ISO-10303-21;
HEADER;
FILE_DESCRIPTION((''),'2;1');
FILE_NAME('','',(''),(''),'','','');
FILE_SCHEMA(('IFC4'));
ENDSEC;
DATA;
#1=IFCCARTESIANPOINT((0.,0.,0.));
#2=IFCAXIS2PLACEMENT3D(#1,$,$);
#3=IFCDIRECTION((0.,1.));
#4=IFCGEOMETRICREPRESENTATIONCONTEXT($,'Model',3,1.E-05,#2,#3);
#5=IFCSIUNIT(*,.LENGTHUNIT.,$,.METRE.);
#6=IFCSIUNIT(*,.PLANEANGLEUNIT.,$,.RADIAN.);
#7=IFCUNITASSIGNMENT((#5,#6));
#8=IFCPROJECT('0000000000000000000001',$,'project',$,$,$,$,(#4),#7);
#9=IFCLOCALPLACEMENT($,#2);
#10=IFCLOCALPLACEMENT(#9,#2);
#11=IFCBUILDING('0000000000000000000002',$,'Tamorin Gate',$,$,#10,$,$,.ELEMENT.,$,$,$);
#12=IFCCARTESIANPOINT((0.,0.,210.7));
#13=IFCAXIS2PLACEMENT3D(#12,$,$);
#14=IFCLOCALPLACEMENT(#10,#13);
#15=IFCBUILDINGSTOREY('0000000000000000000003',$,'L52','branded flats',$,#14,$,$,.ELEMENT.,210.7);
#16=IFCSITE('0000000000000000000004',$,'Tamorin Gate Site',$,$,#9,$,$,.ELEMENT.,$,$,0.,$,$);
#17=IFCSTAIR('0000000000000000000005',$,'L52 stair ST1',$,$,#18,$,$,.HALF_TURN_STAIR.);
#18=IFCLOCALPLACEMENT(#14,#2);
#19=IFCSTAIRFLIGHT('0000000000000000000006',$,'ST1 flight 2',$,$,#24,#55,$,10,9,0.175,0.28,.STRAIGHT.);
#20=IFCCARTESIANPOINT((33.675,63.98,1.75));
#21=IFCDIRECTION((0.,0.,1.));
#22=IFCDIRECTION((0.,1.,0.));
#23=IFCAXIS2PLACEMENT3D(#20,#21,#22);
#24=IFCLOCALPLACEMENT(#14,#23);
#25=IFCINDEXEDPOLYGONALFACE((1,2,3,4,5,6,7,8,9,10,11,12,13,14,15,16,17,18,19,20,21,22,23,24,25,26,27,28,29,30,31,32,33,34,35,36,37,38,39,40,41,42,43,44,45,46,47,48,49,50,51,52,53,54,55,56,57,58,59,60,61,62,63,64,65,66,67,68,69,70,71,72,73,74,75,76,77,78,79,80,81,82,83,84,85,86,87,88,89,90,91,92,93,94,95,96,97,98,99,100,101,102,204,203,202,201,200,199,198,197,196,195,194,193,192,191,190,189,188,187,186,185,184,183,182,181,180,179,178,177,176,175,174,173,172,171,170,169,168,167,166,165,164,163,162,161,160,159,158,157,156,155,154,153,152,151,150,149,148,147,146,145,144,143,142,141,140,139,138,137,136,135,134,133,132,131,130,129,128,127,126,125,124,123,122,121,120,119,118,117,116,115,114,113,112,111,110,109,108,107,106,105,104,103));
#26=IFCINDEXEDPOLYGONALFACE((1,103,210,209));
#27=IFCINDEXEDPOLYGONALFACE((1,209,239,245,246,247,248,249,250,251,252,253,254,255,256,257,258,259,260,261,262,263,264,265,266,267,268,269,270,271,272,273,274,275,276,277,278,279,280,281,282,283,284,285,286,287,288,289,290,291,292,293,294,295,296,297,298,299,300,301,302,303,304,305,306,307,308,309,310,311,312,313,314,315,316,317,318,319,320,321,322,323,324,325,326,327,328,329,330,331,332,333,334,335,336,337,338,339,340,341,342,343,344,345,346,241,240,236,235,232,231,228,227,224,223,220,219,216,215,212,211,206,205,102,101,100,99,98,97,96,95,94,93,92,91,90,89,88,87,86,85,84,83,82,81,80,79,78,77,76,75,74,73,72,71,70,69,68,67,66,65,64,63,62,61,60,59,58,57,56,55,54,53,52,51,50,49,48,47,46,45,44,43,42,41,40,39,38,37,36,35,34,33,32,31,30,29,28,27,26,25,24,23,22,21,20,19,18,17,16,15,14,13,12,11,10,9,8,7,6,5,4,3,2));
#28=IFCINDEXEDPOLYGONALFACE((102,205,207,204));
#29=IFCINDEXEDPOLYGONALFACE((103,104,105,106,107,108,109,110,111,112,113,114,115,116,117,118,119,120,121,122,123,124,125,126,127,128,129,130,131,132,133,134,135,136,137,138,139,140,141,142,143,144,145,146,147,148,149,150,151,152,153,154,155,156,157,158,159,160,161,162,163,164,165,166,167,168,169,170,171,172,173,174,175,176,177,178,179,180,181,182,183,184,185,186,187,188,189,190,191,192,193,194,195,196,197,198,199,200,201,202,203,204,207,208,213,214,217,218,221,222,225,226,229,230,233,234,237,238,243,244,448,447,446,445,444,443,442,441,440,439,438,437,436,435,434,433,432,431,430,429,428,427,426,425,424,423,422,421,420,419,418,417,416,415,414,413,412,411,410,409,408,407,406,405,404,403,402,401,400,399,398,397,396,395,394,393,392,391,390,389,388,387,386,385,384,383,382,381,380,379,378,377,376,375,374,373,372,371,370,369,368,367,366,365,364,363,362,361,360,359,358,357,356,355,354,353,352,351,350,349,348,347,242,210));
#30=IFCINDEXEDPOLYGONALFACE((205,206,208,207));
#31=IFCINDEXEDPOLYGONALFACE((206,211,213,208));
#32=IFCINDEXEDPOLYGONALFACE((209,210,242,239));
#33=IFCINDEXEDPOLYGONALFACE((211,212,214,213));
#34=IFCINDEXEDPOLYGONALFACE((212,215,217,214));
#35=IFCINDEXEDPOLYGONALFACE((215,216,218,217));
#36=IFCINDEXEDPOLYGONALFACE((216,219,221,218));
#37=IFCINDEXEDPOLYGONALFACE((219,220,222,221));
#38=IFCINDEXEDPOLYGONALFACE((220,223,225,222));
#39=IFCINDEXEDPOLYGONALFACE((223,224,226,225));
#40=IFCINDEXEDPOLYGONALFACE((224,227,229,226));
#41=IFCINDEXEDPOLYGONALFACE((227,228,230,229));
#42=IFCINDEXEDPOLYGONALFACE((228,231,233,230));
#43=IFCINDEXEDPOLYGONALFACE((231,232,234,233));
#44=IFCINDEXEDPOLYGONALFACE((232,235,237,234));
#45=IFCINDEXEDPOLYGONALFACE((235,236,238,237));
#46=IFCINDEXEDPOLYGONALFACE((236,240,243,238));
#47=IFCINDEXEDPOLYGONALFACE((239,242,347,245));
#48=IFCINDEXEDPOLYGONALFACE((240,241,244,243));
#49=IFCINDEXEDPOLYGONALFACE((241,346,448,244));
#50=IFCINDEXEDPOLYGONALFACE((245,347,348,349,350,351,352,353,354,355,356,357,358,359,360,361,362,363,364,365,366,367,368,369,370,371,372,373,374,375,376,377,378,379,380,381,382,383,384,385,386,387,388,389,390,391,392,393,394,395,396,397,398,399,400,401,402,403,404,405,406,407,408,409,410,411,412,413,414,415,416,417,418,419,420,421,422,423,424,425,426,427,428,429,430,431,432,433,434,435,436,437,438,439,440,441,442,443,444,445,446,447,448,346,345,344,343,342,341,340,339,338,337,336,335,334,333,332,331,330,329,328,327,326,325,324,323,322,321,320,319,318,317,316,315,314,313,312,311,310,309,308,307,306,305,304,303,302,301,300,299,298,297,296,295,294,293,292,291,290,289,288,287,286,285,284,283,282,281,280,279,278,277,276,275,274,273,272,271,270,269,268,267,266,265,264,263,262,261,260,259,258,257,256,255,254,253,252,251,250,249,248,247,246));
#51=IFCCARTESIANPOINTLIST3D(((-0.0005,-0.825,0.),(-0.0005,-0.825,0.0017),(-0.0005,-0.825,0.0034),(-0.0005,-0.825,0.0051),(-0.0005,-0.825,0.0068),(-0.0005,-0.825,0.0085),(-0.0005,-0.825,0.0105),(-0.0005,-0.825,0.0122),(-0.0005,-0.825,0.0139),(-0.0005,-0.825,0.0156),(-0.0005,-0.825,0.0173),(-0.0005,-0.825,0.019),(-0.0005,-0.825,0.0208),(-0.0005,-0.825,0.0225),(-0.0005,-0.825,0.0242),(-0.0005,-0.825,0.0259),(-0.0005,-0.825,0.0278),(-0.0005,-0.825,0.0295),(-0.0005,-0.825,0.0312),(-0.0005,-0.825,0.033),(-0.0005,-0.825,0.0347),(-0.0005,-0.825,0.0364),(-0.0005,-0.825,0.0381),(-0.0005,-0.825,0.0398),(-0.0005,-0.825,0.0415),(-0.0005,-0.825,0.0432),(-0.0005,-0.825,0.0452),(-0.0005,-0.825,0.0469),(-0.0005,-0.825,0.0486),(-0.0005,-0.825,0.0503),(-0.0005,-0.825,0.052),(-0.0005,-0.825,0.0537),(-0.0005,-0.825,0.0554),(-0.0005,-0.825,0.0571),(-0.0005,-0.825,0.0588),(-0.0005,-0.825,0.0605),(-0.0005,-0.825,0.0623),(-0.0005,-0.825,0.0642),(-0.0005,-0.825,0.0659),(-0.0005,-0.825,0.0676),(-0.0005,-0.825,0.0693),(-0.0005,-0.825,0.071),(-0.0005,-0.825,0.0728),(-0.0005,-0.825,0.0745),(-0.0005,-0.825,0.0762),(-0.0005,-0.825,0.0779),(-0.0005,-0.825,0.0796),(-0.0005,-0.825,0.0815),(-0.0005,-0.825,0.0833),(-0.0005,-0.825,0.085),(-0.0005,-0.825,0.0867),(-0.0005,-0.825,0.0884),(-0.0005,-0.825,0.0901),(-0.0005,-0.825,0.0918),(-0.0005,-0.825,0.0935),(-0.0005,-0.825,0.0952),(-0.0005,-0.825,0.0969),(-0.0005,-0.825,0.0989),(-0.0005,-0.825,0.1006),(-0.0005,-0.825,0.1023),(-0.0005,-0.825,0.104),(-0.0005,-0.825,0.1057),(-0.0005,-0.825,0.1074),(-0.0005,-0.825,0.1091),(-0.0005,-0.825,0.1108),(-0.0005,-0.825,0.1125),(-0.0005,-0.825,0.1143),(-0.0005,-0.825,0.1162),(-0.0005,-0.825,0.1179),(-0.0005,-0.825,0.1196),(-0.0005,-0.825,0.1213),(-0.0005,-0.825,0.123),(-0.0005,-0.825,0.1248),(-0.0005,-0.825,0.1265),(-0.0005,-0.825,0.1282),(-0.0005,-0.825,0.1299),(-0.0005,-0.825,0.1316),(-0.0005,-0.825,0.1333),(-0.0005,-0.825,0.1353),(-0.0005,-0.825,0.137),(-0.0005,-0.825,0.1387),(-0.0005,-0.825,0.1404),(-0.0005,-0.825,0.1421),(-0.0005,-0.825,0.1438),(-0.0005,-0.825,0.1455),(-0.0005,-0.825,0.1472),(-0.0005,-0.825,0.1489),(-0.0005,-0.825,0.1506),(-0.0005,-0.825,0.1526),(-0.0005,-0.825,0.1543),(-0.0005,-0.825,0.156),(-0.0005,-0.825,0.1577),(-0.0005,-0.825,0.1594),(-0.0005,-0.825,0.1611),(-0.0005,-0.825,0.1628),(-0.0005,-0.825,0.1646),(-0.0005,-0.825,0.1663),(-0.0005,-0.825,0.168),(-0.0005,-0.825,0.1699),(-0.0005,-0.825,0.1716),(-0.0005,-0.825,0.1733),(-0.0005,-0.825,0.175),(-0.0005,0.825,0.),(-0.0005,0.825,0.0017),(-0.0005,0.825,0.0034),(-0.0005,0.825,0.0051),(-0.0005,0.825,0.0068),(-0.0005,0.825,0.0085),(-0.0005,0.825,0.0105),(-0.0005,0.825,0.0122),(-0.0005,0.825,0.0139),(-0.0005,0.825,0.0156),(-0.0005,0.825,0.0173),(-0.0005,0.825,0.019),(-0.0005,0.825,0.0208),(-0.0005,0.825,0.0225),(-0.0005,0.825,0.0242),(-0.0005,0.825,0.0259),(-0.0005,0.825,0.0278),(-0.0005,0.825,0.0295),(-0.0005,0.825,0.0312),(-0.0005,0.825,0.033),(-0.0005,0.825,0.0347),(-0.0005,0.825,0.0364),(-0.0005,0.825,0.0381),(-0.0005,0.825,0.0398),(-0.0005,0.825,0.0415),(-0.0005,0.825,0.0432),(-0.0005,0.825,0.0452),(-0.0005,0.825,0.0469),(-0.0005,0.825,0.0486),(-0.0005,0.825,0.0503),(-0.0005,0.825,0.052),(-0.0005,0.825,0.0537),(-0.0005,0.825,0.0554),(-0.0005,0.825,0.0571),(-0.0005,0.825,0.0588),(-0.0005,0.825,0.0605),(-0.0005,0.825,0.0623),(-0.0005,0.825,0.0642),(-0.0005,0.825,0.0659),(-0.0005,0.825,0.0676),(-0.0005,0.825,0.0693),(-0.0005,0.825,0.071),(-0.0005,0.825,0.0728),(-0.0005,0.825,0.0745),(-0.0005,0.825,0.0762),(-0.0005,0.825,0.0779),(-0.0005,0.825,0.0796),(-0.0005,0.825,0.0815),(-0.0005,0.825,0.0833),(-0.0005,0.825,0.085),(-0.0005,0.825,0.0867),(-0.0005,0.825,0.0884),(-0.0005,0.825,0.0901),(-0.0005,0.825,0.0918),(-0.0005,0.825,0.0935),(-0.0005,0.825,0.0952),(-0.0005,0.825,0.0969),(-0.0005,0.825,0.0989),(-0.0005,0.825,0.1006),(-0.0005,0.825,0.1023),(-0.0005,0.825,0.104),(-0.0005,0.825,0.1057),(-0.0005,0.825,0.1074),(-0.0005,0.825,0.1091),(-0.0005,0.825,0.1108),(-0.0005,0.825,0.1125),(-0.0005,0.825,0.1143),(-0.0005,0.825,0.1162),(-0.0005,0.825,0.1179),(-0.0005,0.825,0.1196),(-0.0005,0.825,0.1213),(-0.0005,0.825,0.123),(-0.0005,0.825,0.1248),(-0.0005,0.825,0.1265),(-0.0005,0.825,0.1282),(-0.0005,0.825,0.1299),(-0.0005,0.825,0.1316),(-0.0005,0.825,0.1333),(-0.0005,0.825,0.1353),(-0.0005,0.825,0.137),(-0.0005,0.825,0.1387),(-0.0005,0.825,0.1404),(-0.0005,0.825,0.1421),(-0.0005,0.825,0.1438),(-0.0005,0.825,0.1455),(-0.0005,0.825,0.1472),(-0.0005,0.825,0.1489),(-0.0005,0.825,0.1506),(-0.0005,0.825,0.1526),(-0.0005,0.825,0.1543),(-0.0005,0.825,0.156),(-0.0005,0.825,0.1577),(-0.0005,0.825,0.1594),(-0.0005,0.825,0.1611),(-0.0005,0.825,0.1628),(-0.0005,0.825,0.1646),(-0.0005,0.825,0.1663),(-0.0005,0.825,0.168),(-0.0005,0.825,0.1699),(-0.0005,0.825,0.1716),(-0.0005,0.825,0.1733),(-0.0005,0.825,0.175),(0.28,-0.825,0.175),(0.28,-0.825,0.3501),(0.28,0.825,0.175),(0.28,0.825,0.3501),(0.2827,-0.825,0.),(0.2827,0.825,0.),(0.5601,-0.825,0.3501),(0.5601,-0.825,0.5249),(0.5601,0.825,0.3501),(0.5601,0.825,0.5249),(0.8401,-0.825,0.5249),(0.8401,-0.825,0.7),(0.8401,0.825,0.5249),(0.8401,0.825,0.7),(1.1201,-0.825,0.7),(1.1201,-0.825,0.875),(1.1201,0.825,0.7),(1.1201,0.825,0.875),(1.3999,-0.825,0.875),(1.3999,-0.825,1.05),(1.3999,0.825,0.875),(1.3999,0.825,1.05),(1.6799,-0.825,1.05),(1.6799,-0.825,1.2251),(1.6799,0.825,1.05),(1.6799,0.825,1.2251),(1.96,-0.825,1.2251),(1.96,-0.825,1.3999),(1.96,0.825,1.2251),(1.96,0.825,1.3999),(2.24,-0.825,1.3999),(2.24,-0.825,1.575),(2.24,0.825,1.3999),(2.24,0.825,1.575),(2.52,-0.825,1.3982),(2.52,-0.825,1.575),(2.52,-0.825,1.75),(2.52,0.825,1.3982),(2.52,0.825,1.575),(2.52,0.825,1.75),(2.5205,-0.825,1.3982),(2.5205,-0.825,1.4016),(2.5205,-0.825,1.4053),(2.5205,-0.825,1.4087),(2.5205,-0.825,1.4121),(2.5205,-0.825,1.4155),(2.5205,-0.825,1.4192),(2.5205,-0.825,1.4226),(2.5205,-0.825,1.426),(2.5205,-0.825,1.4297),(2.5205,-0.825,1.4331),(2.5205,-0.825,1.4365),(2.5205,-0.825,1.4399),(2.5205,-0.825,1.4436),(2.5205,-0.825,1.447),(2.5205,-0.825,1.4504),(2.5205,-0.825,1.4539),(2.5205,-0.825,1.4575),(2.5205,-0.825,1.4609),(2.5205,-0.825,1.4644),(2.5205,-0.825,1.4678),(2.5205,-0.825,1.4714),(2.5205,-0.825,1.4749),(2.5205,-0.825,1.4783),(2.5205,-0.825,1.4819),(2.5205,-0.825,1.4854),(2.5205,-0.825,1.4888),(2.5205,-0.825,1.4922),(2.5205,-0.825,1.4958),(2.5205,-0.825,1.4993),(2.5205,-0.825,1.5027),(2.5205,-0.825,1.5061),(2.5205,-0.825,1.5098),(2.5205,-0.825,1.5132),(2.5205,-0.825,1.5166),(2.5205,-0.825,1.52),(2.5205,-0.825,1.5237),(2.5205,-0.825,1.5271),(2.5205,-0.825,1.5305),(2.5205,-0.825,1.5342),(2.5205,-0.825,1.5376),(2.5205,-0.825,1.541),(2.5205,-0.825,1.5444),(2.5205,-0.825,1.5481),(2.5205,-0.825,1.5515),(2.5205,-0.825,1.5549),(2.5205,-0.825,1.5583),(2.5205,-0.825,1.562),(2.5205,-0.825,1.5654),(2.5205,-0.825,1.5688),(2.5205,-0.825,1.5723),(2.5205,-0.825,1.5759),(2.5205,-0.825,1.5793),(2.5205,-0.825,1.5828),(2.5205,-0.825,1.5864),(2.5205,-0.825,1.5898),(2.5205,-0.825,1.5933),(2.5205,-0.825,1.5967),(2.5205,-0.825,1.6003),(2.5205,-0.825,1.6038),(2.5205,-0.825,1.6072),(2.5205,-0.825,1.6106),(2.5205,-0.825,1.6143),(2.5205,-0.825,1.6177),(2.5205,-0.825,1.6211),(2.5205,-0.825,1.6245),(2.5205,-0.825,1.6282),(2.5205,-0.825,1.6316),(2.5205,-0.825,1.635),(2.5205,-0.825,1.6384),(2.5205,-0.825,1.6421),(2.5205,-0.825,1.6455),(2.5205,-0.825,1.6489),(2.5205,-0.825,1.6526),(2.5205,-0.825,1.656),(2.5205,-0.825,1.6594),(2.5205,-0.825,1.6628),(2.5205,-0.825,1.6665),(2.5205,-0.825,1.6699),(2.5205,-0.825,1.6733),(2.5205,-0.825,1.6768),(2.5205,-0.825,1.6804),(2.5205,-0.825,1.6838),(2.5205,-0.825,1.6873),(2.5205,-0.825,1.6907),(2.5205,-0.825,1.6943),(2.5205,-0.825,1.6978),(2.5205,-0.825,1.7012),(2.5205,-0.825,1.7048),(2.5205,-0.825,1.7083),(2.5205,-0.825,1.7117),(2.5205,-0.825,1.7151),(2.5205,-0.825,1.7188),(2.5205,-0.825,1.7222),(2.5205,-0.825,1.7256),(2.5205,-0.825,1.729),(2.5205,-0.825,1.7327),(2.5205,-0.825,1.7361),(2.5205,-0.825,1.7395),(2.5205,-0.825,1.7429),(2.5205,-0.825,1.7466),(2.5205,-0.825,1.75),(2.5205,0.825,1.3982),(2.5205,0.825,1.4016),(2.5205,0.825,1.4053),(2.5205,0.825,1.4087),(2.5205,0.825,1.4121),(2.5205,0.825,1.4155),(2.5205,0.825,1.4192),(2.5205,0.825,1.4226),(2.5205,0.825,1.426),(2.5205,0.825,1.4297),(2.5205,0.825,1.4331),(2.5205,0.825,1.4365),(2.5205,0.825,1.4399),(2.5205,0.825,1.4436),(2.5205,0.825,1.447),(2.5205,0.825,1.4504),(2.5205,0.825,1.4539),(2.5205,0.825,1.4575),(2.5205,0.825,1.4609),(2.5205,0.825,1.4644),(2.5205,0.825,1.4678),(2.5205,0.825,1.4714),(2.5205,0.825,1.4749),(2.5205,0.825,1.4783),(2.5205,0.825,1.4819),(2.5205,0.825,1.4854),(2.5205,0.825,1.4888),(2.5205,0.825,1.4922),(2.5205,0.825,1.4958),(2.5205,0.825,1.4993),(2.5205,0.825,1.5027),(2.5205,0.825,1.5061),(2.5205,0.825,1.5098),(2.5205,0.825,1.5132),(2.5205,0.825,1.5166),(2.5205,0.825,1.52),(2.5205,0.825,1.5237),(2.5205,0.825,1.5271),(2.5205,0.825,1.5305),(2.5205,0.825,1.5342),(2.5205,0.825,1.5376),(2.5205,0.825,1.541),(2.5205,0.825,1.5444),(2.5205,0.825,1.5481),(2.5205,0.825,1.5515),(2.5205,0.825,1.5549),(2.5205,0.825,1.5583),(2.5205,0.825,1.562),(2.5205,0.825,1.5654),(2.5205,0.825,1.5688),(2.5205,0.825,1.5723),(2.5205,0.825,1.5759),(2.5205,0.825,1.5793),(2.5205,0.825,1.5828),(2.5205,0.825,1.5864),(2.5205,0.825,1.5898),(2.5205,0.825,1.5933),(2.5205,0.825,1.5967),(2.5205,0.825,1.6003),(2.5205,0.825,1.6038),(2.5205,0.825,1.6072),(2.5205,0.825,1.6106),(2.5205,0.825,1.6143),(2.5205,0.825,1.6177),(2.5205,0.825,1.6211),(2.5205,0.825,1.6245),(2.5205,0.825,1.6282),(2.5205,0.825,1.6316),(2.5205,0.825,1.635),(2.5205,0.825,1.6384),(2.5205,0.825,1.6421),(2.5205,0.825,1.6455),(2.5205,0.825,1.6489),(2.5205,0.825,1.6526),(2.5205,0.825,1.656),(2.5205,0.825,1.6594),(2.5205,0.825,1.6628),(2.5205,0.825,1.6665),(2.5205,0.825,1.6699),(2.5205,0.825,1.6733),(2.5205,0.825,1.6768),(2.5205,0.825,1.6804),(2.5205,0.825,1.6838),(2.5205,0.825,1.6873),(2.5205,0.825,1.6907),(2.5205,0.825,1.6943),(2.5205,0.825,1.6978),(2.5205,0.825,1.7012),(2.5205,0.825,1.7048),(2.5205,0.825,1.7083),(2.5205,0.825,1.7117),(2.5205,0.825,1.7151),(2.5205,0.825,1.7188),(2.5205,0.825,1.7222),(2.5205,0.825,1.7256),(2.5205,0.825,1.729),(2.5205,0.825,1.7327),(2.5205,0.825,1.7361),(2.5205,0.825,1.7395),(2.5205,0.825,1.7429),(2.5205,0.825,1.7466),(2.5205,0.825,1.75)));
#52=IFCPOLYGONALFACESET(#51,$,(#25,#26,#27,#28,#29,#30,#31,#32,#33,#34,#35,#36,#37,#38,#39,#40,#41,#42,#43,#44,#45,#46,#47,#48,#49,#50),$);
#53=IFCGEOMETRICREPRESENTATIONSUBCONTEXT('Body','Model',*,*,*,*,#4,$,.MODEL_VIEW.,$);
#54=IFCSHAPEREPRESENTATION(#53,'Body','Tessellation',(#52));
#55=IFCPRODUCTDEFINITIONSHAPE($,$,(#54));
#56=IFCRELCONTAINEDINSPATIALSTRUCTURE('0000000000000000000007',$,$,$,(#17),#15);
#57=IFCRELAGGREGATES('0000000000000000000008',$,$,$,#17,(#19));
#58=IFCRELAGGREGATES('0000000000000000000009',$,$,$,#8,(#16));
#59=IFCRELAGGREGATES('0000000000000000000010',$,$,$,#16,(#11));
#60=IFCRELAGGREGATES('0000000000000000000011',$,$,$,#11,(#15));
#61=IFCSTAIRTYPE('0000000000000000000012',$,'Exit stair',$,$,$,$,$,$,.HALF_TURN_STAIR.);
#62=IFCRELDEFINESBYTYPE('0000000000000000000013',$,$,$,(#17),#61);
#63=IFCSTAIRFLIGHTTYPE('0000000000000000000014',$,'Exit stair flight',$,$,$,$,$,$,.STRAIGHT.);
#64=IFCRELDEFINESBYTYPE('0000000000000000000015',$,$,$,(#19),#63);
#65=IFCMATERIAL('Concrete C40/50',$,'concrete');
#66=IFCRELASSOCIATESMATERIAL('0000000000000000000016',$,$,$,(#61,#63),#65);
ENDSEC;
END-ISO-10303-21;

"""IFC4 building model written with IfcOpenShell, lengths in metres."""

from ifc_helpers import new_model, si_unit, direction, frame, origin, place, context, subcontext, project, spatial, polyline, outline, extrude, material, type_object, element, aggregate, save


model = new_model("IFC4")

# Units and contexts
model_context = context("Model", 3, precision=1e-05, world=origin(), true_north=direction((0.0, 1.0)))
body_context = subcontext(model_context, "Body", "Model", "MODEL_VIEW")
ifc_project = project(units=[si_unit("LENGTHUNIT", "METRE"), si_unit("PLANEANGLEUNIT", "RADIAN")], contexts=[model_context])

# Site, building, storey
site_placement = place(None, origin())
site = spatial("IfcSite", under=ifc_project, at=site_placement, Name="Tamorin Gate Site", CompositionType="ELEMENT", RefElevation=0.0)
building_placement = place(site_placement, origin())
building = spatial("IfcBuilding", under=site, at=building_placement, Name="Tamorin Gate", CompositionType="ELEMENT")
storey_placement = place(building_placement, frame((0.0, 0.0, 210.7)))
storey = spatial("IfcBuildingStorey", under=building, at=storey_placement, Name="L52", Description="branded flats", CompositionType="ELEMENT", Elevation=210.7)

# Shared definitions
ifc_material_1 = material(Name="Concrete C40/50", Category="concrete")

# Stair, stair flight
stair_type = type_object("IfcStairType", Name="Exit stair", PredefinedType="HALF_TURN_STAIR", material=ifc_material_1)
stair_1_placement = place(storey_placement, origin())
stair_1 = element("IfcStair", 1, at=stair_1_placement, inside=storey, type_object=stair_type, Name="L52 stair ST1", PredefinedType="HALF_TURN_STAIR")
stair_flight_type = type_object("IfcStairFlightType", Name="Exit stair flight", PredefinedType="STRAIGHT", material=ifc_material_1)
stair_flight_1_placement = place(storey_placement, frame((33.675, 63.98, 1.75), z_axis=(0.0, 0.0, 1.0), x_axis=(0.0, 1.0, 0.0)))
stair_flight_1 = element("IfcStairFlight", 2, at=stair_flight_1_placement, type_object=stair_flight_type, Name="ST1 flight 2", NumberOfRisers=10, NumberOfTreads=9, PredefinedType="STRAIGHT", RiserHeight=0.175, TreadLength=0.28, context=body_context, shape_type="SweptSolid", body=[
    extrude(outline(polyline([(-0.0005, 0.0), (-0.0005, 0.0017), (-0.0005, 0.0034), (-0.0005, 0.0051), (-0.0005, 0.0068), (-0.0005, 0.0085), (-0.0005, 0.0105), (-0.0005, 0.0122), (-0.0005, 0.0139), (-0.0005, 0.0156), (-0.0005, 0.0173), (-0.0005, 0.019), (-0.0005, 0.0208), (-0.0005, 0.0225), (-0.0005, 0.0242), (-0.0005, 0.0259), (-0.0005, 0.0278), (-0.0005, 0.0295), (-0.0005, 0.0312), (-0.0005, 0.033), (-0.0005, 0.0347), (-0.0005, 0.0364), (-0.0005, 0.0381), (-0.0005, 0.0398), (-0.0005, 0.0415), (-0.0005, 0.0432), (-0.0005, 0.0452), (-0.0005, 0.0469), (-0.0005, 0.0486), (-0.0005, 0.0503), (-0.0005, 0.052), (-0.0005, 0.0537), (-0.0005, 0.0554), (-0.0005, 0.0571), (-0.0005, 0.0588), (-0.0005, 0.0605), (-0.0005, 0.0623), (-0.0005, 0.0642), (-0.0005, 0.0659), (-0.0005, 0.0676), (-0.0005, 0.0693), (-0.0005, 0.071), (-0.0005, 0.0728), (-0.0005, 0.0745), (-0.0005, 0.0762), (-0.0005, 0.0779), (-0.0005, 0.0796), (-0.0005, 0.0815), (-0.0005, 0.0833), (-0.0005, 0.085), (-0.0005, 0.0867), (-0.0005, 0.0884), (-0.0005, 0.0901), (-0.0005, 0.0918), (-0.0005, 0.0935), (-0.0005, 0.0952), (-0.0005, 0.0969), (-0.0005, 0.0989), (-0.0005, 0.1006), (-0.0005, 0.1023), (-0.0005, 0.104), (-0.0005, 0.1057), (-0.0005, 0.1074), (-0.0005, 0.1091), (-0.0005, 0.1108), (-0.0005, 0.1125), (-0.0005, 0.1143), (-0.0005, 0.1162), (-0.0005, 0.1179), (-0.0005, 0.1196), (-0.0005, 0.1213), (-0.0005, 0.123), (-0.0005, 0.1248), (-0.0005, 0.1265), (-0.0005, 0.1282), (-0.0005, 0.1299), (-0.0005, 0.1316), (-0.0005, 0.1333), (-0.0005, 0.1353), (-0.0005, 0.137), (-0.0005, 0.1387), (-0.0005, 0.1404), (-0.0005, 0.1421), (-0.0005, 0.1438), (-0.0005, 0.1455), (-0.0005, 0.1472), (-0.0005, 0.1489), (-0.0005, 0.1506), (-0.0005, 0.1526), (-0.0005, 0.1543), (-0.0005, 0.156), (-0.0005, 0.1577), (-0.0005, 0.1594), (-0.0005, 0.1611), (-0.0005, 0.1628), (-0.0005, 0.1646), (-0.0005, 0.1663), (-0.0005, 0.168), (-0.0005, 0.1699), (-0.0005, 0.1716), (-0.0005, 0.1733), (-0.0005, 0.175), (0.28, 0.175), (0.28, 0.3501), (0.5601, 0.3501), (0.5601, 0.5249), (0.8401, 0.5249), (0.8401, 0.7), (1.1201, 0.7), (1.1201, 0.875), (1.3999, 0.875), (1.3999, 1.05), (1.6799, 1.05), (1.6799, 1.2251), (1.96, 1.2251), (1.96, 1.3999), (2.24, 1.3999), (2.24, 1.575), (2.52, 1.575), (2.52, 1.75), (2.5205, 1.75), (2.5205, 1.7466), (2.5205, 1.7429), (2.5205, 1.7395), (2.5205, 1.7361), (2.5205, 1.7327), (2.5205, 1.729), (2.5205, 1.7256), (2.5205, 1.7222), (2.5205, 1.7188), (2.5205, 1.7151), (2.5205, 1.7117), (2.5205, 1.7083), (2.5205, 1.7048), (2.5205, 1.7012), (2.5205, 1.6978), (2.5205, 1.6943), (2.5205, 1.6907), (2.5205, 1.6873), (2.5205, 1.6838), (2.5205, 1.6804), (2.5205, 1.6768), (2.5205, 1.6733), (2.5205, 1.6699), (2.5205, 1.6665), (2.5205, 1.6628), (2.5205, 1.6594), (2.5205, 1.656), (2.5205, 1.6526), (2.5205, 1.6489), (2.5205, 1.6455), (2.5205, 1.6421), (2.5205, 1.6384), (2.5205, 1.635), (2.5205, 1.6316), (2.5205, 1.6282), (2.5205, 1.6245), (2.5205, 1.6211), (2.5205, 1.6177), (2.5205, 1.6143), (2.5205, 1.6106), (2.5205, 1.6072), (2.5205, 1.6038), (2.5205, 1.6003), (2.5205, 1.5967), (2.5205, 1.5933), (2.5205, 1.5898), (2.5205, 1.5864), (2.5205, 1.5828), (2.5205, 1.5793), (2.5205, 1.5759), (2.5205, 1.5723), (2.5205, 1.5688), (2.5205, 1.5654), (2.5205, 1.562), (2.5205, 1.5583), (2.5205, 1.5549), (2.5205, 1.5515), (2.5205, 1.5481), (2.5205, 1.5444), (2.5205, 1.541), (2.5205, 1.5376), (2.5205, 1.5342), (2.5205, 1.5305), (2.5205, 1.5271), (2.5205, 1.5237), (2.5205, 1.52), (2.5205, 1.5166), (2.5205, 1.5132), (2.5205, 1.5098), (2.5205, 1.5061), (2.5205, 1.5027), (2.5205, 1.4993), (2.5205, 1.4958), (2.5205, 1.4922), (2.5205, 1.4888), (2.5205, 1.4854), (2.5205, 1.4819), (2.5205, 1.4783), (2.5205, 1.4749), (2.5205, 1.4714), (2.5205, 1.4678), (2.5205, 1.4644), (2.5205, 1.4609), (2.5205, 1.4575), (2.5205, 1.4539), (2.5205, 1.4504), (2.5205, 1.447), (2.5205, 1.4436), (2.5205, 1.4399), (2.5205, 1.4365), (2.5205, 1.4331), (2.5205, 1.4297), (2.5205, 1.426), (2.5205, 1.4226), (2.5205, 1.4192), (2.5205, 1.4155), (2.5205, 1.4121), (2.5205, 1.4087), (2.5205, 1.4053), (2.5205, 1.4016), (2.5205, 1.3982), (2.52, 1.3982), (0.2827, 0.0), (-0.0005, 0.0)])), frame((0.0, 0.825, 0.0), z_axis=(0.0, -1.0, 0.0), x_axis=(1.0, 0.0, 0.0)), (0.0, 0.0, 1.0), 1.6499),
])
aggregate(stair_1, [stair_flight_1])

save(model, "model.ifc")
